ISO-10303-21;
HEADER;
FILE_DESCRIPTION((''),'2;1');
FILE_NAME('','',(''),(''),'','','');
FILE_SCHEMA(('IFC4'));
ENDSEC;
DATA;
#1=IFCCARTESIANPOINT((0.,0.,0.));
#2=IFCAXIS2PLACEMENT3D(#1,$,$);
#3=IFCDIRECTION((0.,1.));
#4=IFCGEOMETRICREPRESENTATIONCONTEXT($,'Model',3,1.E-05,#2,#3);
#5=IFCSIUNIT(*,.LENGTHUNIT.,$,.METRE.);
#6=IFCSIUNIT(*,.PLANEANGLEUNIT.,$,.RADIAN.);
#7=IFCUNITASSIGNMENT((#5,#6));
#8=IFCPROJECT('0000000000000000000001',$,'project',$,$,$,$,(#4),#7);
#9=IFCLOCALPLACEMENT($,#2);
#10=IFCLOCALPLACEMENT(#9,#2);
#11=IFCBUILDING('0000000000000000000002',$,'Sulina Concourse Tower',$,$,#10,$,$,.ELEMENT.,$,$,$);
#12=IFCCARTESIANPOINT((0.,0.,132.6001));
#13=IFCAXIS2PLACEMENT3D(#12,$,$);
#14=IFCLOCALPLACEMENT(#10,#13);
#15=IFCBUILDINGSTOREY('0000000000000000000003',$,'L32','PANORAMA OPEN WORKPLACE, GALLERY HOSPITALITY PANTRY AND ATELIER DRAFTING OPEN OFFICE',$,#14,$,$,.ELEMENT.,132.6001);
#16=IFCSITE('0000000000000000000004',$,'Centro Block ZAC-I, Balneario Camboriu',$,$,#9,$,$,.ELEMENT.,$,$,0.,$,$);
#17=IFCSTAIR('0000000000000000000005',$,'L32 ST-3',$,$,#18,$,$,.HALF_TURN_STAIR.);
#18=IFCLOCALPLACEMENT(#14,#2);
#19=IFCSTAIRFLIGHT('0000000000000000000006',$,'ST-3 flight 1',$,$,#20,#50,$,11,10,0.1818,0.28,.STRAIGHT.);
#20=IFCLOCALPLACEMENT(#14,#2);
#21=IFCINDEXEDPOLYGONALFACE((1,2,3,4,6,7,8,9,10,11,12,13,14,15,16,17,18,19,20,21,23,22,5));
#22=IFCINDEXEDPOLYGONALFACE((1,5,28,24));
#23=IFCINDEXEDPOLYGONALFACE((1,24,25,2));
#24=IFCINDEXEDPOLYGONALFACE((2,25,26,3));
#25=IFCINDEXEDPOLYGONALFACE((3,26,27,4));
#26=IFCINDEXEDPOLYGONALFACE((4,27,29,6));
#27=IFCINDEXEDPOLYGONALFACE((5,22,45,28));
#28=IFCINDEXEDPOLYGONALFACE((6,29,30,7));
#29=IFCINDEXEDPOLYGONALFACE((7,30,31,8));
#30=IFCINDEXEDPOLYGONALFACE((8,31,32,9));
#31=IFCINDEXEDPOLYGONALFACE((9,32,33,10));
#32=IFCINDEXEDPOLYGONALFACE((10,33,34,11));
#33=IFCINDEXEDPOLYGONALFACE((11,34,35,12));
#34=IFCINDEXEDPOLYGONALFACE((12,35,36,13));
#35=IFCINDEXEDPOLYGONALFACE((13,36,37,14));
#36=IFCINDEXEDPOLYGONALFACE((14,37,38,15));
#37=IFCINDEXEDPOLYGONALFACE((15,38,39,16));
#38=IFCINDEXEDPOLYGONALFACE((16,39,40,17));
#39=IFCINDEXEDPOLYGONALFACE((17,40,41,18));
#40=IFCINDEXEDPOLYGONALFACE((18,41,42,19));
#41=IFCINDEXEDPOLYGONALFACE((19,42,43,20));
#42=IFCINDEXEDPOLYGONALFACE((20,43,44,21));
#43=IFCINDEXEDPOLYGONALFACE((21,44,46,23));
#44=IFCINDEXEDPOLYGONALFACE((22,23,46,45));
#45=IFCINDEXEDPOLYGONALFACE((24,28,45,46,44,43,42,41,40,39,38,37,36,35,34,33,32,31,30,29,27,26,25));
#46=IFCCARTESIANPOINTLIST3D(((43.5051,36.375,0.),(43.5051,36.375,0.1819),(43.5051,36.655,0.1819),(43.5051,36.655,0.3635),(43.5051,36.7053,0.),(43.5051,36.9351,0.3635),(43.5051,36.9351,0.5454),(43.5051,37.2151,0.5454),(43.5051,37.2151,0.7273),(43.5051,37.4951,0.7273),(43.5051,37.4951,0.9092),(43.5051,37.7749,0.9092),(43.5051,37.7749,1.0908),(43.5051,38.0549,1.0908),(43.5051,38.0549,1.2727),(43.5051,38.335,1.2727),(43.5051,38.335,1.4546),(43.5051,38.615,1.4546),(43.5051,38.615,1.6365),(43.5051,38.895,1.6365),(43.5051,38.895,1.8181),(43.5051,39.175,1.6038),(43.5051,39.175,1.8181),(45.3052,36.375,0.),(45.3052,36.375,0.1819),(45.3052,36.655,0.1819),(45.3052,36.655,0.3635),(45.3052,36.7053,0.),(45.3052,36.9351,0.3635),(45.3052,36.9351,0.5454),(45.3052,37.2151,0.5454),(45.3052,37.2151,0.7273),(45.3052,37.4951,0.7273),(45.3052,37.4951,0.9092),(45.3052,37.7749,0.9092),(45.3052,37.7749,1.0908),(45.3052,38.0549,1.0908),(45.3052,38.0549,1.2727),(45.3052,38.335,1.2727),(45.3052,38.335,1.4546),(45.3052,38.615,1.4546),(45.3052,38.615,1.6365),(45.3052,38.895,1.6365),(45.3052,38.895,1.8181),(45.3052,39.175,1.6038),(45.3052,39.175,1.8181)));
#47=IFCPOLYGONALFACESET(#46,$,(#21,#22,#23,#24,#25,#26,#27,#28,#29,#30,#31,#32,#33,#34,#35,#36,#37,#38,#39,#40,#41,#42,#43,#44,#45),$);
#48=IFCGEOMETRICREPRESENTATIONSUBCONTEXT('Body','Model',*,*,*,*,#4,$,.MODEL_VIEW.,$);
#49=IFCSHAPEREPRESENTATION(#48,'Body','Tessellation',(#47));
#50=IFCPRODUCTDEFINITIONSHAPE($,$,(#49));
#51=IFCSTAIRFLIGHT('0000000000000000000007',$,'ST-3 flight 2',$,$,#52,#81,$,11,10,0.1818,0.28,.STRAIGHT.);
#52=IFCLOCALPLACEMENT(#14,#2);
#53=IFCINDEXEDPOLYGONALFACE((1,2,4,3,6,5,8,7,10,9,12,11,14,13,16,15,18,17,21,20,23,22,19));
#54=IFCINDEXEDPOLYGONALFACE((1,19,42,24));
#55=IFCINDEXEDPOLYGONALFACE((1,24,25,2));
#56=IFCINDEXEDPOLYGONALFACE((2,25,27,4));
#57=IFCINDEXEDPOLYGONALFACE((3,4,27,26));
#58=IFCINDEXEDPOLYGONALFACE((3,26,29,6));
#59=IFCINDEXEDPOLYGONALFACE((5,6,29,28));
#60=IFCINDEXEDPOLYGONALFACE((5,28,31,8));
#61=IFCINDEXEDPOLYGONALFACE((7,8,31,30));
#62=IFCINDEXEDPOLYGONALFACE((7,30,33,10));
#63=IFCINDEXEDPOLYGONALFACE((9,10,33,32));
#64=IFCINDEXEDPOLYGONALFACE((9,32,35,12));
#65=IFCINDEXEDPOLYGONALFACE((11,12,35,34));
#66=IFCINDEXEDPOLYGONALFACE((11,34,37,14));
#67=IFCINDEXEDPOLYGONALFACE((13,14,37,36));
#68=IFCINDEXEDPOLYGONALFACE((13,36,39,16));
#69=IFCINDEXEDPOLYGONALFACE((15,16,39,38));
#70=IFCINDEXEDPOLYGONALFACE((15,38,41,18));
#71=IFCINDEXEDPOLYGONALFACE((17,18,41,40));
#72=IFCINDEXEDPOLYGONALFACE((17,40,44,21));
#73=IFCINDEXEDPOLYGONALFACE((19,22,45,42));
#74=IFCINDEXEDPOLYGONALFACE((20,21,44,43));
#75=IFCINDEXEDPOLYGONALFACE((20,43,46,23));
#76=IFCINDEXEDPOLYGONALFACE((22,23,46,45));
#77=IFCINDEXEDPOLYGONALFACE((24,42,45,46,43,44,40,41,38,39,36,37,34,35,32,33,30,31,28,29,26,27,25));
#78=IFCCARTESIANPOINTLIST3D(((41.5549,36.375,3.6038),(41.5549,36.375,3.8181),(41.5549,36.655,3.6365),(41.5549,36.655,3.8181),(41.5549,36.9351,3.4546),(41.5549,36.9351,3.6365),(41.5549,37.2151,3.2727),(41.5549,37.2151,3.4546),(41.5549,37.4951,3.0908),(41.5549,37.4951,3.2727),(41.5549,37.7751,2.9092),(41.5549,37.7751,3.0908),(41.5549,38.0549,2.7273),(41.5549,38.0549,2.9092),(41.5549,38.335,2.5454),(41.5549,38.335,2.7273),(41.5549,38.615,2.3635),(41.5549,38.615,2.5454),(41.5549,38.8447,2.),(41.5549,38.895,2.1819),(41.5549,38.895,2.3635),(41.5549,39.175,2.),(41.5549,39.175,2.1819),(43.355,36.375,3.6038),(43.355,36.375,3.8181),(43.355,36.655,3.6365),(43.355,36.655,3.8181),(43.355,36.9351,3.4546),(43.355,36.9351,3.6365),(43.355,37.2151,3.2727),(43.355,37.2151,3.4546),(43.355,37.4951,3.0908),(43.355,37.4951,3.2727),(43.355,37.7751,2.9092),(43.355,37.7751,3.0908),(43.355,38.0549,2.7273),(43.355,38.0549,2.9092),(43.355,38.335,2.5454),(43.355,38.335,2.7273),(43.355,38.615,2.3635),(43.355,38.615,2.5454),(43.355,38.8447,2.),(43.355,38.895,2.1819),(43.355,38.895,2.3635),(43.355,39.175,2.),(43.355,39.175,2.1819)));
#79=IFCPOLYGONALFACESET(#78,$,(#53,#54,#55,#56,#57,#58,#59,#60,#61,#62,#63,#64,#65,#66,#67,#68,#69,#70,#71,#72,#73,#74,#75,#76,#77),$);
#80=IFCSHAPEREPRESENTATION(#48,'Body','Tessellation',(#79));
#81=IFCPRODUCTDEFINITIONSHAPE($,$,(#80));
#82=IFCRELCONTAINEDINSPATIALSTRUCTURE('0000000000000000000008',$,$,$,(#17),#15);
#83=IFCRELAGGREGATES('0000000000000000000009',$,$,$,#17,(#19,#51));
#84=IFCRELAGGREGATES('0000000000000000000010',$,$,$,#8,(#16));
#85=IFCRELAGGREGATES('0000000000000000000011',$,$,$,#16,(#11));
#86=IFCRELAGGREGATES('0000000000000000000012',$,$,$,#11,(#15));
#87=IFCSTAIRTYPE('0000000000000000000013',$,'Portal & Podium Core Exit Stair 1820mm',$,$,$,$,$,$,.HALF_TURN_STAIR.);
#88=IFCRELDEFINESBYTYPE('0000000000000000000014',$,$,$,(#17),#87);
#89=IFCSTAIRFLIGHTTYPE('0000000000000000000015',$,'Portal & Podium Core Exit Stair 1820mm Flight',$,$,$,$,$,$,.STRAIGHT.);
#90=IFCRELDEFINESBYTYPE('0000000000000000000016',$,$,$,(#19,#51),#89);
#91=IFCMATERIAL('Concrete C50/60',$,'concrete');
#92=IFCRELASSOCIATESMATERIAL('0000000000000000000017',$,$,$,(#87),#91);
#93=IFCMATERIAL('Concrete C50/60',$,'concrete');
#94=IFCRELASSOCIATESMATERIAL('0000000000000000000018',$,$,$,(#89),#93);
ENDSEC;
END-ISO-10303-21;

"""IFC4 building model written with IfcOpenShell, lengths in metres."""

from ifc_helpers import new_model, si_unit, direction, frame, origin, place, context, subcontext, project, spatial, polyline, outline, extrude, material, type_object, element, aggregate, save


model = new_model("IFC4")

# Units and contexts
model_context = context("Model", 3, precision=1e-05, world=origin(), true_north=direction((0.0, 1.0)))
body_context = subcontext(model_context, "Body", "Model", "MODEL_VIEW")
ifc_project = project(units=[si_unit("LENGTHUNIT", "METRE"), si_unit("PLANEANGLEUNIT", "RADIAN")], contexts=[model_context])

# Site, building, storey
site_placement = place(None, origin())
site = spatial("IfcSite", under=ifc_project, at=site_placement, Name="Centro Block ZAC-I, Balneario Camboriu", CompositionType="ELEMENT", RefElevation=0.0)
building_placement = place(site_placement, origin())
building = spatial("IfcBuilding", under=site, at=building_placement, Name="Sulina Concourse Tower", CompositionType="ELEMENT")
storey_placement = place(building_placement, frame((0.0, 0.0, 132.6001)))
storey = spatial("IfcBuildingStorey", under=building, at=storey_placement, Name="L32", Description="PANORAMA OPEN WORKPLACE, GALLERY HOSPITALITY PANTRY AND ATELIER DRAFTING OPEN OFFICE", CompositionType="ELEMENT", Elevation=132.6001)

# Stair, stair flights
ifc_material_1 = material(Name="Concrete C50/60", Category="concrete")
stair_type = type_object("IfcStairType", Name="Portal & Podium Core Exit Stair 1820mm", PredefinedType="HALF_TURN_STAIR", material=ifc_material_1)
stair_placement = place(storey_placement, origin())
stair = element("IfcStair", 1, at=stair_placement, inside=storey, type_object=stair_type, Name="L32 ST-3", PredefinedType="HALF_TURN_STAIR")
ifc_material_2 = material(Name="Concrete C50/60", Category="concrete")
stair_flight_type = type_object("IfcStairFlightType", Name="Portal & Podium Core Exit Stair 1820mm Flight", PredefinedType="STRAIGHT", material=ifc_material_2)
stair_flight_1_placement = place(storey_placement, frame((44.405, 36.375, 0.0), z_axis=(0.0, 0.0, 1.0), x_axis=(0.0, 1.0, 0.0)))
stair_flight_1 = element("IfcStairFlight", 2, at=stair_flight_1_placement, type_object=stair_flight_type, Name="ST-3 flight 1", NumberOfRisers=11, NumberOfTreads=10, PredefinedType="STRAIGHT", RiserHeight=0.1818, TreadLength=0.28, context=body_context, shape_type="SweptSolid", body=[
    extrude(outline(polyline([(0.0, 0.0), (0.0, 0.1819), (0.28, 0.1819), (0.28, 0.3635), (0.5601, 0.3635), (0.5601, 0.5454), (0.8401, 0.5454), (0.8401, 0.7273), (1.1201, 0.7273), (1.1201, 0.9092), (1.3999, 0.9092), (1.3999, 1.0908), (1.6799, 1.0908), (1.6799, 1.2727), (1.96, 1.2727), (1.96, 1.4546), (2.24, 1.4546), (2.24, 1.6365), (2.52, 1.6365), (2.52, 1.8181), (2.8, 1.8181), (2.8, 2.0), (2.8, 1.6038), (0.3303, 0.0), (0.0, 0.0)])), frame((0.0, 0.8999, 0.0), z_axis=(0.0, -1.0, 0.0), x_axis=(1.0, 0.0, 0.0)), (0.0, 0.0, 1.0), 1.8),
])
stair_flight_2_placement = place(storey_placement, frame((42.4551, 39.175, 2.0), z_axis=(0.0, 0.0, 1.0), x_axis=(0.0, -1.0, 0.0)))
stair_flight_2 = element("IfcStairFlight", 3, at=stair_flight_2_placement, type_object=stair_flight_type, Name="ST-3 flight 2", NumberOfRisers=11, NumberOfTreads=10, PredefinedType="STRAIGHT", RiserHeight=0.1818, TreadLength=0.28, context=body_context, shape_type="SweptSolid", body=[
    extrude(outline(polyline([(0.0, 0.0), (0.0, 0.1819), (0.28, 0.1819), (0.28, 0.3635), (0.5601, 0.3635), (0.5601, 0.5454), (0.8401, 0.5454), (0.8401, 0.7273), (1.1201, 0.7273), (1.1201, 0.9092), (1.3999, 0.9092), (1.3999, 1.0908), (1.6799, 1.0908), (1.6799, 1.2727), (1.96, 1.2727), (1.96, 1.4546), (2.24, 1.4546), (2.24, 1.6365), (2.52, 1.6365), (2.52, 1.8181), (2.8, 1.8181), (2.8, 2.0), (2.8, 1.6038), (0.3303, 0.0), (0.0, 0.0)])), frame((0.0, 0.8999, 0.0), z_axis=(0.0, -1.0, 0.0), x_axis=(1.0, 0.0, 0.0)), (0.0, 0.0, 1.0), 1.8),
])
aggregate(stair, [stair_flight_1, stair_flight_2])

save(model, "model.ifc")
